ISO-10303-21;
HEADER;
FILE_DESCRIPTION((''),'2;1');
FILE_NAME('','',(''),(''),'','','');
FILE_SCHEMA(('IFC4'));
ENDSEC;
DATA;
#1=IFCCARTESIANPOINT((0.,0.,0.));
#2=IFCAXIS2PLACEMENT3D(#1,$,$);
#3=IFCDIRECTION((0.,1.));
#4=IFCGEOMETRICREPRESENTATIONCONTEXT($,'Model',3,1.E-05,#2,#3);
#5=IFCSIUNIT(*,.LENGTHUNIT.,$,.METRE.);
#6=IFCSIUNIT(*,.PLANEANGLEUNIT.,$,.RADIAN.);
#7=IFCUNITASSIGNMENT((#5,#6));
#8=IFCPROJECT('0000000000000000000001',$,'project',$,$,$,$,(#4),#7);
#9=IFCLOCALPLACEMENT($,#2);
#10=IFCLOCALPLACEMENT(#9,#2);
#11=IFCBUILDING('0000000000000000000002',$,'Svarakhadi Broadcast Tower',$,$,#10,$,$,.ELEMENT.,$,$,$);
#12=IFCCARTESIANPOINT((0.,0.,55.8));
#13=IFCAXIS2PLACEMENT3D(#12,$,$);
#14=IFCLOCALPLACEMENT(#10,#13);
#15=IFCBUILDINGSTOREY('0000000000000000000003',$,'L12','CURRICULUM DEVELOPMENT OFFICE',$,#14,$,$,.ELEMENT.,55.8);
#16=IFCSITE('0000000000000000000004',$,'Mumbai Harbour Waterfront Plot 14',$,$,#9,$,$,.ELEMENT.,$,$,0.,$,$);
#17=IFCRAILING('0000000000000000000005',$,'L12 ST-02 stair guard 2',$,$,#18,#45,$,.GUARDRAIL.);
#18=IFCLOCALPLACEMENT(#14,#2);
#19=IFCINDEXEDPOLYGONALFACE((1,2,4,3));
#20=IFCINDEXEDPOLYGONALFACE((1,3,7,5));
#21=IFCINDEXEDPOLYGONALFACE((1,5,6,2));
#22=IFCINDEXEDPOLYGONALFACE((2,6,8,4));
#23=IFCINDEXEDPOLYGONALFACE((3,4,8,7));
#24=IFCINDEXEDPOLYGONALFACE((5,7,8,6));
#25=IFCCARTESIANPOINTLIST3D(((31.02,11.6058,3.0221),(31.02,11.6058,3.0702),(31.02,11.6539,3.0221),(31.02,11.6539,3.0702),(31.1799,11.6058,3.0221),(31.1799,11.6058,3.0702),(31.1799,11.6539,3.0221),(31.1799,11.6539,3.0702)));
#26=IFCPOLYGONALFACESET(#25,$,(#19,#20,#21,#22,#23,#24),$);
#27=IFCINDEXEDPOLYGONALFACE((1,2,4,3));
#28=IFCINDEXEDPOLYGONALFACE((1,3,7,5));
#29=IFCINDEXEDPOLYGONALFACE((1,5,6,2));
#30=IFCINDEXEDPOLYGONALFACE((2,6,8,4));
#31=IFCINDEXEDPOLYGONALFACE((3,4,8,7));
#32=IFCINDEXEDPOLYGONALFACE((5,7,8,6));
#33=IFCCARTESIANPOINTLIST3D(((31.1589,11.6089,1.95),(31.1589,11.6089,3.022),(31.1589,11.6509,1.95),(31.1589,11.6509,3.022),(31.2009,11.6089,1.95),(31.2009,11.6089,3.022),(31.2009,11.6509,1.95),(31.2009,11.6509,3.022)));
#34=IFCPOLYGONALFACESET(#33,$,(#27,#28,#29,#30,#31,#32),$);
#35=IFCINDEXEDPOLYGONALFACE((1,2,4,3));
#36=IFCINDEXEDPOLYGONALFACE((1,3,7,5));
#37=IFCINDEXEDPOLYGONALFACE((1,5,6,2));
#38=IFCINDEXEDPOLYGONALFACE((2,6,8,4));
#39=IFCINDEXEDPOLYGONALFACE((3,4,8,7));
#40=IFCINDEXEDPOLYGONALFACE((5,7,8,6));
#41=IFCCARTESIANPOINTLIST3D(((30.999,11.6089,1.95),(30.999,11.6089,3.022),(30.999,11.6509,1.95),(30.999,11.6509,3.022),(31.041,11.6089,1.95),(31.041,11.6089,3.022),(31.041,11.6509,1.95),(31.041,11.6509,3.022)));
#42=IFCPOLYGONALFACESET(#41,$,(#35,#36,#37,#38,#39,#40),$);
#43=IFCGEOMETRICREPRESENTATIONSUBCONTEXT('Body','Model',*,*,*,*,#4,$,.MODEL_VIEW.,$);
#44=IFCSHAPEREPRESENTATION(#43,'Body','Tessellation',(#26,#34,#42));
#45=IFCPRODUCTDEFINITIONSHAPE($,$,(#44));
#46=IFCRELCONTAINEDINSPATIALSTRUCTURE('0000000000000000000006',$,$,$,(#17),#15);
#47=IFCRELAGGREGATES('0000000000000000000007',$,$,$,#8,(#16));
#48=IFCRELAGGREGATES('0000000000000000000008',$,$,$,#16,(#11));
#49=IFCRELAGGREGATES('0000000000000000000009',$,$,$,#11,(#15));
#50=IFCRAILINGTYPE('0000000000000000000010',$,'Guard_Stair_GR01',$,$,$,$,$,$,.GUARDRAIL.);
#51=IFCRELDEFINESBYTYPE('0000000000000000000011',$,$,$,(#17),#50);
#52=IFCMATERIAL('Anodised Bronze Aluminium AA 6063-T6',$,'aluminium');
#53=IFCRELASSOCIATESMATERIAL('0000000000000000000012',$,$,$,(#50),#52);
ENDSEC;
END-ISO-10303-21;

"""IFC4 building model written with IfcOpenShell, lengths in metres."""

from ifc_helpers import new_model, si_unit, direction, frame, origin, origin_2d, place, context, subcontext, project, spatial, rectangle, extrude, material, type_object, element, save


model = new_model("IFC4")

# Units and contexts
model_context = context("Model", 3, precision=1e-05, world=origin(), true_north=direction((0.0, 1.0)))
body_context = subcontext(model_context, "Body", "Model", "MODEL_VIEW")
ifc_project = project(units=[si_unit("LENGTHUNIT", "METRE"), si_unit("PLANEANGLEUNIT", "RADIAN")], contexts=[model_context])

# Site, building, storey
site_placement = place(None, origin())
site = spatial("IfcSite", under=ifc_project, at=site_placement, Name="Mumbai Harbour Waterfront Plot 14", CompositionType="ELEMENT", RefElevation=0.0)
building_placement = place(site_placement, origin())
building = spatial("IfcBuilding", under=site, at=building_placement, Name="Svarakhadi Broadcast Tower", CompositionType="ELEMENT")
storey_placement = place(building_placement, frame((0.0, 0.0, 55.8)))
storey = spatial("IfcBuildingStorey", under=building, at=storey_placement, Name="L12", Description="CURRICULUM DEVELOPMENT OFFICE", CompositionType="ELEMENT", Elevation=55.8)

# Railing
ifc_material_1 = material(Name="Anodised Bronze Aluminium AA 6063-T6", Category="aluminium")
railing_type = type_object("IfcRailingType", Name="Guard_Stair_GR01", PredefinedType="GUARDRAIL", material=ifc_material_1)
railing_placement = place(storey_placement, frame((31.1799, 11.6299, 1.95)))
element("IfcRailing", 1, at=railing_placement, inside=storey, type_object=railing_type, Name="L12 ST-02 stair guard 2", PredefinedType="GUARDRAIL", context=body_context, shape_type="SweptSolid", body=[
    extrude(rectangle(XDim=0.0481, YDim=0.0481, at=origin_2d()), frame((0.0, 0.0, 1.0962), z_axis=(-1.0, 0.0, 0.0), x_axis=(0.0, -1.0, 0.0)), (0.0, 0.0, 1.0), 0.1599),
    extrude(rectangle(XDim=0.042, YDim=0.042, at=origin_2d()), origin(), (0.0, 0.0, 1.0), 1.072),
    extrude(rectangle(XDim=0.042, YDim=0.042, at=origin_2d()), frame((-0.1599, 0.0, 0.0)), (0.0, 0.0, 1.0), 1.072),
])

save(model, "model.ifc")
